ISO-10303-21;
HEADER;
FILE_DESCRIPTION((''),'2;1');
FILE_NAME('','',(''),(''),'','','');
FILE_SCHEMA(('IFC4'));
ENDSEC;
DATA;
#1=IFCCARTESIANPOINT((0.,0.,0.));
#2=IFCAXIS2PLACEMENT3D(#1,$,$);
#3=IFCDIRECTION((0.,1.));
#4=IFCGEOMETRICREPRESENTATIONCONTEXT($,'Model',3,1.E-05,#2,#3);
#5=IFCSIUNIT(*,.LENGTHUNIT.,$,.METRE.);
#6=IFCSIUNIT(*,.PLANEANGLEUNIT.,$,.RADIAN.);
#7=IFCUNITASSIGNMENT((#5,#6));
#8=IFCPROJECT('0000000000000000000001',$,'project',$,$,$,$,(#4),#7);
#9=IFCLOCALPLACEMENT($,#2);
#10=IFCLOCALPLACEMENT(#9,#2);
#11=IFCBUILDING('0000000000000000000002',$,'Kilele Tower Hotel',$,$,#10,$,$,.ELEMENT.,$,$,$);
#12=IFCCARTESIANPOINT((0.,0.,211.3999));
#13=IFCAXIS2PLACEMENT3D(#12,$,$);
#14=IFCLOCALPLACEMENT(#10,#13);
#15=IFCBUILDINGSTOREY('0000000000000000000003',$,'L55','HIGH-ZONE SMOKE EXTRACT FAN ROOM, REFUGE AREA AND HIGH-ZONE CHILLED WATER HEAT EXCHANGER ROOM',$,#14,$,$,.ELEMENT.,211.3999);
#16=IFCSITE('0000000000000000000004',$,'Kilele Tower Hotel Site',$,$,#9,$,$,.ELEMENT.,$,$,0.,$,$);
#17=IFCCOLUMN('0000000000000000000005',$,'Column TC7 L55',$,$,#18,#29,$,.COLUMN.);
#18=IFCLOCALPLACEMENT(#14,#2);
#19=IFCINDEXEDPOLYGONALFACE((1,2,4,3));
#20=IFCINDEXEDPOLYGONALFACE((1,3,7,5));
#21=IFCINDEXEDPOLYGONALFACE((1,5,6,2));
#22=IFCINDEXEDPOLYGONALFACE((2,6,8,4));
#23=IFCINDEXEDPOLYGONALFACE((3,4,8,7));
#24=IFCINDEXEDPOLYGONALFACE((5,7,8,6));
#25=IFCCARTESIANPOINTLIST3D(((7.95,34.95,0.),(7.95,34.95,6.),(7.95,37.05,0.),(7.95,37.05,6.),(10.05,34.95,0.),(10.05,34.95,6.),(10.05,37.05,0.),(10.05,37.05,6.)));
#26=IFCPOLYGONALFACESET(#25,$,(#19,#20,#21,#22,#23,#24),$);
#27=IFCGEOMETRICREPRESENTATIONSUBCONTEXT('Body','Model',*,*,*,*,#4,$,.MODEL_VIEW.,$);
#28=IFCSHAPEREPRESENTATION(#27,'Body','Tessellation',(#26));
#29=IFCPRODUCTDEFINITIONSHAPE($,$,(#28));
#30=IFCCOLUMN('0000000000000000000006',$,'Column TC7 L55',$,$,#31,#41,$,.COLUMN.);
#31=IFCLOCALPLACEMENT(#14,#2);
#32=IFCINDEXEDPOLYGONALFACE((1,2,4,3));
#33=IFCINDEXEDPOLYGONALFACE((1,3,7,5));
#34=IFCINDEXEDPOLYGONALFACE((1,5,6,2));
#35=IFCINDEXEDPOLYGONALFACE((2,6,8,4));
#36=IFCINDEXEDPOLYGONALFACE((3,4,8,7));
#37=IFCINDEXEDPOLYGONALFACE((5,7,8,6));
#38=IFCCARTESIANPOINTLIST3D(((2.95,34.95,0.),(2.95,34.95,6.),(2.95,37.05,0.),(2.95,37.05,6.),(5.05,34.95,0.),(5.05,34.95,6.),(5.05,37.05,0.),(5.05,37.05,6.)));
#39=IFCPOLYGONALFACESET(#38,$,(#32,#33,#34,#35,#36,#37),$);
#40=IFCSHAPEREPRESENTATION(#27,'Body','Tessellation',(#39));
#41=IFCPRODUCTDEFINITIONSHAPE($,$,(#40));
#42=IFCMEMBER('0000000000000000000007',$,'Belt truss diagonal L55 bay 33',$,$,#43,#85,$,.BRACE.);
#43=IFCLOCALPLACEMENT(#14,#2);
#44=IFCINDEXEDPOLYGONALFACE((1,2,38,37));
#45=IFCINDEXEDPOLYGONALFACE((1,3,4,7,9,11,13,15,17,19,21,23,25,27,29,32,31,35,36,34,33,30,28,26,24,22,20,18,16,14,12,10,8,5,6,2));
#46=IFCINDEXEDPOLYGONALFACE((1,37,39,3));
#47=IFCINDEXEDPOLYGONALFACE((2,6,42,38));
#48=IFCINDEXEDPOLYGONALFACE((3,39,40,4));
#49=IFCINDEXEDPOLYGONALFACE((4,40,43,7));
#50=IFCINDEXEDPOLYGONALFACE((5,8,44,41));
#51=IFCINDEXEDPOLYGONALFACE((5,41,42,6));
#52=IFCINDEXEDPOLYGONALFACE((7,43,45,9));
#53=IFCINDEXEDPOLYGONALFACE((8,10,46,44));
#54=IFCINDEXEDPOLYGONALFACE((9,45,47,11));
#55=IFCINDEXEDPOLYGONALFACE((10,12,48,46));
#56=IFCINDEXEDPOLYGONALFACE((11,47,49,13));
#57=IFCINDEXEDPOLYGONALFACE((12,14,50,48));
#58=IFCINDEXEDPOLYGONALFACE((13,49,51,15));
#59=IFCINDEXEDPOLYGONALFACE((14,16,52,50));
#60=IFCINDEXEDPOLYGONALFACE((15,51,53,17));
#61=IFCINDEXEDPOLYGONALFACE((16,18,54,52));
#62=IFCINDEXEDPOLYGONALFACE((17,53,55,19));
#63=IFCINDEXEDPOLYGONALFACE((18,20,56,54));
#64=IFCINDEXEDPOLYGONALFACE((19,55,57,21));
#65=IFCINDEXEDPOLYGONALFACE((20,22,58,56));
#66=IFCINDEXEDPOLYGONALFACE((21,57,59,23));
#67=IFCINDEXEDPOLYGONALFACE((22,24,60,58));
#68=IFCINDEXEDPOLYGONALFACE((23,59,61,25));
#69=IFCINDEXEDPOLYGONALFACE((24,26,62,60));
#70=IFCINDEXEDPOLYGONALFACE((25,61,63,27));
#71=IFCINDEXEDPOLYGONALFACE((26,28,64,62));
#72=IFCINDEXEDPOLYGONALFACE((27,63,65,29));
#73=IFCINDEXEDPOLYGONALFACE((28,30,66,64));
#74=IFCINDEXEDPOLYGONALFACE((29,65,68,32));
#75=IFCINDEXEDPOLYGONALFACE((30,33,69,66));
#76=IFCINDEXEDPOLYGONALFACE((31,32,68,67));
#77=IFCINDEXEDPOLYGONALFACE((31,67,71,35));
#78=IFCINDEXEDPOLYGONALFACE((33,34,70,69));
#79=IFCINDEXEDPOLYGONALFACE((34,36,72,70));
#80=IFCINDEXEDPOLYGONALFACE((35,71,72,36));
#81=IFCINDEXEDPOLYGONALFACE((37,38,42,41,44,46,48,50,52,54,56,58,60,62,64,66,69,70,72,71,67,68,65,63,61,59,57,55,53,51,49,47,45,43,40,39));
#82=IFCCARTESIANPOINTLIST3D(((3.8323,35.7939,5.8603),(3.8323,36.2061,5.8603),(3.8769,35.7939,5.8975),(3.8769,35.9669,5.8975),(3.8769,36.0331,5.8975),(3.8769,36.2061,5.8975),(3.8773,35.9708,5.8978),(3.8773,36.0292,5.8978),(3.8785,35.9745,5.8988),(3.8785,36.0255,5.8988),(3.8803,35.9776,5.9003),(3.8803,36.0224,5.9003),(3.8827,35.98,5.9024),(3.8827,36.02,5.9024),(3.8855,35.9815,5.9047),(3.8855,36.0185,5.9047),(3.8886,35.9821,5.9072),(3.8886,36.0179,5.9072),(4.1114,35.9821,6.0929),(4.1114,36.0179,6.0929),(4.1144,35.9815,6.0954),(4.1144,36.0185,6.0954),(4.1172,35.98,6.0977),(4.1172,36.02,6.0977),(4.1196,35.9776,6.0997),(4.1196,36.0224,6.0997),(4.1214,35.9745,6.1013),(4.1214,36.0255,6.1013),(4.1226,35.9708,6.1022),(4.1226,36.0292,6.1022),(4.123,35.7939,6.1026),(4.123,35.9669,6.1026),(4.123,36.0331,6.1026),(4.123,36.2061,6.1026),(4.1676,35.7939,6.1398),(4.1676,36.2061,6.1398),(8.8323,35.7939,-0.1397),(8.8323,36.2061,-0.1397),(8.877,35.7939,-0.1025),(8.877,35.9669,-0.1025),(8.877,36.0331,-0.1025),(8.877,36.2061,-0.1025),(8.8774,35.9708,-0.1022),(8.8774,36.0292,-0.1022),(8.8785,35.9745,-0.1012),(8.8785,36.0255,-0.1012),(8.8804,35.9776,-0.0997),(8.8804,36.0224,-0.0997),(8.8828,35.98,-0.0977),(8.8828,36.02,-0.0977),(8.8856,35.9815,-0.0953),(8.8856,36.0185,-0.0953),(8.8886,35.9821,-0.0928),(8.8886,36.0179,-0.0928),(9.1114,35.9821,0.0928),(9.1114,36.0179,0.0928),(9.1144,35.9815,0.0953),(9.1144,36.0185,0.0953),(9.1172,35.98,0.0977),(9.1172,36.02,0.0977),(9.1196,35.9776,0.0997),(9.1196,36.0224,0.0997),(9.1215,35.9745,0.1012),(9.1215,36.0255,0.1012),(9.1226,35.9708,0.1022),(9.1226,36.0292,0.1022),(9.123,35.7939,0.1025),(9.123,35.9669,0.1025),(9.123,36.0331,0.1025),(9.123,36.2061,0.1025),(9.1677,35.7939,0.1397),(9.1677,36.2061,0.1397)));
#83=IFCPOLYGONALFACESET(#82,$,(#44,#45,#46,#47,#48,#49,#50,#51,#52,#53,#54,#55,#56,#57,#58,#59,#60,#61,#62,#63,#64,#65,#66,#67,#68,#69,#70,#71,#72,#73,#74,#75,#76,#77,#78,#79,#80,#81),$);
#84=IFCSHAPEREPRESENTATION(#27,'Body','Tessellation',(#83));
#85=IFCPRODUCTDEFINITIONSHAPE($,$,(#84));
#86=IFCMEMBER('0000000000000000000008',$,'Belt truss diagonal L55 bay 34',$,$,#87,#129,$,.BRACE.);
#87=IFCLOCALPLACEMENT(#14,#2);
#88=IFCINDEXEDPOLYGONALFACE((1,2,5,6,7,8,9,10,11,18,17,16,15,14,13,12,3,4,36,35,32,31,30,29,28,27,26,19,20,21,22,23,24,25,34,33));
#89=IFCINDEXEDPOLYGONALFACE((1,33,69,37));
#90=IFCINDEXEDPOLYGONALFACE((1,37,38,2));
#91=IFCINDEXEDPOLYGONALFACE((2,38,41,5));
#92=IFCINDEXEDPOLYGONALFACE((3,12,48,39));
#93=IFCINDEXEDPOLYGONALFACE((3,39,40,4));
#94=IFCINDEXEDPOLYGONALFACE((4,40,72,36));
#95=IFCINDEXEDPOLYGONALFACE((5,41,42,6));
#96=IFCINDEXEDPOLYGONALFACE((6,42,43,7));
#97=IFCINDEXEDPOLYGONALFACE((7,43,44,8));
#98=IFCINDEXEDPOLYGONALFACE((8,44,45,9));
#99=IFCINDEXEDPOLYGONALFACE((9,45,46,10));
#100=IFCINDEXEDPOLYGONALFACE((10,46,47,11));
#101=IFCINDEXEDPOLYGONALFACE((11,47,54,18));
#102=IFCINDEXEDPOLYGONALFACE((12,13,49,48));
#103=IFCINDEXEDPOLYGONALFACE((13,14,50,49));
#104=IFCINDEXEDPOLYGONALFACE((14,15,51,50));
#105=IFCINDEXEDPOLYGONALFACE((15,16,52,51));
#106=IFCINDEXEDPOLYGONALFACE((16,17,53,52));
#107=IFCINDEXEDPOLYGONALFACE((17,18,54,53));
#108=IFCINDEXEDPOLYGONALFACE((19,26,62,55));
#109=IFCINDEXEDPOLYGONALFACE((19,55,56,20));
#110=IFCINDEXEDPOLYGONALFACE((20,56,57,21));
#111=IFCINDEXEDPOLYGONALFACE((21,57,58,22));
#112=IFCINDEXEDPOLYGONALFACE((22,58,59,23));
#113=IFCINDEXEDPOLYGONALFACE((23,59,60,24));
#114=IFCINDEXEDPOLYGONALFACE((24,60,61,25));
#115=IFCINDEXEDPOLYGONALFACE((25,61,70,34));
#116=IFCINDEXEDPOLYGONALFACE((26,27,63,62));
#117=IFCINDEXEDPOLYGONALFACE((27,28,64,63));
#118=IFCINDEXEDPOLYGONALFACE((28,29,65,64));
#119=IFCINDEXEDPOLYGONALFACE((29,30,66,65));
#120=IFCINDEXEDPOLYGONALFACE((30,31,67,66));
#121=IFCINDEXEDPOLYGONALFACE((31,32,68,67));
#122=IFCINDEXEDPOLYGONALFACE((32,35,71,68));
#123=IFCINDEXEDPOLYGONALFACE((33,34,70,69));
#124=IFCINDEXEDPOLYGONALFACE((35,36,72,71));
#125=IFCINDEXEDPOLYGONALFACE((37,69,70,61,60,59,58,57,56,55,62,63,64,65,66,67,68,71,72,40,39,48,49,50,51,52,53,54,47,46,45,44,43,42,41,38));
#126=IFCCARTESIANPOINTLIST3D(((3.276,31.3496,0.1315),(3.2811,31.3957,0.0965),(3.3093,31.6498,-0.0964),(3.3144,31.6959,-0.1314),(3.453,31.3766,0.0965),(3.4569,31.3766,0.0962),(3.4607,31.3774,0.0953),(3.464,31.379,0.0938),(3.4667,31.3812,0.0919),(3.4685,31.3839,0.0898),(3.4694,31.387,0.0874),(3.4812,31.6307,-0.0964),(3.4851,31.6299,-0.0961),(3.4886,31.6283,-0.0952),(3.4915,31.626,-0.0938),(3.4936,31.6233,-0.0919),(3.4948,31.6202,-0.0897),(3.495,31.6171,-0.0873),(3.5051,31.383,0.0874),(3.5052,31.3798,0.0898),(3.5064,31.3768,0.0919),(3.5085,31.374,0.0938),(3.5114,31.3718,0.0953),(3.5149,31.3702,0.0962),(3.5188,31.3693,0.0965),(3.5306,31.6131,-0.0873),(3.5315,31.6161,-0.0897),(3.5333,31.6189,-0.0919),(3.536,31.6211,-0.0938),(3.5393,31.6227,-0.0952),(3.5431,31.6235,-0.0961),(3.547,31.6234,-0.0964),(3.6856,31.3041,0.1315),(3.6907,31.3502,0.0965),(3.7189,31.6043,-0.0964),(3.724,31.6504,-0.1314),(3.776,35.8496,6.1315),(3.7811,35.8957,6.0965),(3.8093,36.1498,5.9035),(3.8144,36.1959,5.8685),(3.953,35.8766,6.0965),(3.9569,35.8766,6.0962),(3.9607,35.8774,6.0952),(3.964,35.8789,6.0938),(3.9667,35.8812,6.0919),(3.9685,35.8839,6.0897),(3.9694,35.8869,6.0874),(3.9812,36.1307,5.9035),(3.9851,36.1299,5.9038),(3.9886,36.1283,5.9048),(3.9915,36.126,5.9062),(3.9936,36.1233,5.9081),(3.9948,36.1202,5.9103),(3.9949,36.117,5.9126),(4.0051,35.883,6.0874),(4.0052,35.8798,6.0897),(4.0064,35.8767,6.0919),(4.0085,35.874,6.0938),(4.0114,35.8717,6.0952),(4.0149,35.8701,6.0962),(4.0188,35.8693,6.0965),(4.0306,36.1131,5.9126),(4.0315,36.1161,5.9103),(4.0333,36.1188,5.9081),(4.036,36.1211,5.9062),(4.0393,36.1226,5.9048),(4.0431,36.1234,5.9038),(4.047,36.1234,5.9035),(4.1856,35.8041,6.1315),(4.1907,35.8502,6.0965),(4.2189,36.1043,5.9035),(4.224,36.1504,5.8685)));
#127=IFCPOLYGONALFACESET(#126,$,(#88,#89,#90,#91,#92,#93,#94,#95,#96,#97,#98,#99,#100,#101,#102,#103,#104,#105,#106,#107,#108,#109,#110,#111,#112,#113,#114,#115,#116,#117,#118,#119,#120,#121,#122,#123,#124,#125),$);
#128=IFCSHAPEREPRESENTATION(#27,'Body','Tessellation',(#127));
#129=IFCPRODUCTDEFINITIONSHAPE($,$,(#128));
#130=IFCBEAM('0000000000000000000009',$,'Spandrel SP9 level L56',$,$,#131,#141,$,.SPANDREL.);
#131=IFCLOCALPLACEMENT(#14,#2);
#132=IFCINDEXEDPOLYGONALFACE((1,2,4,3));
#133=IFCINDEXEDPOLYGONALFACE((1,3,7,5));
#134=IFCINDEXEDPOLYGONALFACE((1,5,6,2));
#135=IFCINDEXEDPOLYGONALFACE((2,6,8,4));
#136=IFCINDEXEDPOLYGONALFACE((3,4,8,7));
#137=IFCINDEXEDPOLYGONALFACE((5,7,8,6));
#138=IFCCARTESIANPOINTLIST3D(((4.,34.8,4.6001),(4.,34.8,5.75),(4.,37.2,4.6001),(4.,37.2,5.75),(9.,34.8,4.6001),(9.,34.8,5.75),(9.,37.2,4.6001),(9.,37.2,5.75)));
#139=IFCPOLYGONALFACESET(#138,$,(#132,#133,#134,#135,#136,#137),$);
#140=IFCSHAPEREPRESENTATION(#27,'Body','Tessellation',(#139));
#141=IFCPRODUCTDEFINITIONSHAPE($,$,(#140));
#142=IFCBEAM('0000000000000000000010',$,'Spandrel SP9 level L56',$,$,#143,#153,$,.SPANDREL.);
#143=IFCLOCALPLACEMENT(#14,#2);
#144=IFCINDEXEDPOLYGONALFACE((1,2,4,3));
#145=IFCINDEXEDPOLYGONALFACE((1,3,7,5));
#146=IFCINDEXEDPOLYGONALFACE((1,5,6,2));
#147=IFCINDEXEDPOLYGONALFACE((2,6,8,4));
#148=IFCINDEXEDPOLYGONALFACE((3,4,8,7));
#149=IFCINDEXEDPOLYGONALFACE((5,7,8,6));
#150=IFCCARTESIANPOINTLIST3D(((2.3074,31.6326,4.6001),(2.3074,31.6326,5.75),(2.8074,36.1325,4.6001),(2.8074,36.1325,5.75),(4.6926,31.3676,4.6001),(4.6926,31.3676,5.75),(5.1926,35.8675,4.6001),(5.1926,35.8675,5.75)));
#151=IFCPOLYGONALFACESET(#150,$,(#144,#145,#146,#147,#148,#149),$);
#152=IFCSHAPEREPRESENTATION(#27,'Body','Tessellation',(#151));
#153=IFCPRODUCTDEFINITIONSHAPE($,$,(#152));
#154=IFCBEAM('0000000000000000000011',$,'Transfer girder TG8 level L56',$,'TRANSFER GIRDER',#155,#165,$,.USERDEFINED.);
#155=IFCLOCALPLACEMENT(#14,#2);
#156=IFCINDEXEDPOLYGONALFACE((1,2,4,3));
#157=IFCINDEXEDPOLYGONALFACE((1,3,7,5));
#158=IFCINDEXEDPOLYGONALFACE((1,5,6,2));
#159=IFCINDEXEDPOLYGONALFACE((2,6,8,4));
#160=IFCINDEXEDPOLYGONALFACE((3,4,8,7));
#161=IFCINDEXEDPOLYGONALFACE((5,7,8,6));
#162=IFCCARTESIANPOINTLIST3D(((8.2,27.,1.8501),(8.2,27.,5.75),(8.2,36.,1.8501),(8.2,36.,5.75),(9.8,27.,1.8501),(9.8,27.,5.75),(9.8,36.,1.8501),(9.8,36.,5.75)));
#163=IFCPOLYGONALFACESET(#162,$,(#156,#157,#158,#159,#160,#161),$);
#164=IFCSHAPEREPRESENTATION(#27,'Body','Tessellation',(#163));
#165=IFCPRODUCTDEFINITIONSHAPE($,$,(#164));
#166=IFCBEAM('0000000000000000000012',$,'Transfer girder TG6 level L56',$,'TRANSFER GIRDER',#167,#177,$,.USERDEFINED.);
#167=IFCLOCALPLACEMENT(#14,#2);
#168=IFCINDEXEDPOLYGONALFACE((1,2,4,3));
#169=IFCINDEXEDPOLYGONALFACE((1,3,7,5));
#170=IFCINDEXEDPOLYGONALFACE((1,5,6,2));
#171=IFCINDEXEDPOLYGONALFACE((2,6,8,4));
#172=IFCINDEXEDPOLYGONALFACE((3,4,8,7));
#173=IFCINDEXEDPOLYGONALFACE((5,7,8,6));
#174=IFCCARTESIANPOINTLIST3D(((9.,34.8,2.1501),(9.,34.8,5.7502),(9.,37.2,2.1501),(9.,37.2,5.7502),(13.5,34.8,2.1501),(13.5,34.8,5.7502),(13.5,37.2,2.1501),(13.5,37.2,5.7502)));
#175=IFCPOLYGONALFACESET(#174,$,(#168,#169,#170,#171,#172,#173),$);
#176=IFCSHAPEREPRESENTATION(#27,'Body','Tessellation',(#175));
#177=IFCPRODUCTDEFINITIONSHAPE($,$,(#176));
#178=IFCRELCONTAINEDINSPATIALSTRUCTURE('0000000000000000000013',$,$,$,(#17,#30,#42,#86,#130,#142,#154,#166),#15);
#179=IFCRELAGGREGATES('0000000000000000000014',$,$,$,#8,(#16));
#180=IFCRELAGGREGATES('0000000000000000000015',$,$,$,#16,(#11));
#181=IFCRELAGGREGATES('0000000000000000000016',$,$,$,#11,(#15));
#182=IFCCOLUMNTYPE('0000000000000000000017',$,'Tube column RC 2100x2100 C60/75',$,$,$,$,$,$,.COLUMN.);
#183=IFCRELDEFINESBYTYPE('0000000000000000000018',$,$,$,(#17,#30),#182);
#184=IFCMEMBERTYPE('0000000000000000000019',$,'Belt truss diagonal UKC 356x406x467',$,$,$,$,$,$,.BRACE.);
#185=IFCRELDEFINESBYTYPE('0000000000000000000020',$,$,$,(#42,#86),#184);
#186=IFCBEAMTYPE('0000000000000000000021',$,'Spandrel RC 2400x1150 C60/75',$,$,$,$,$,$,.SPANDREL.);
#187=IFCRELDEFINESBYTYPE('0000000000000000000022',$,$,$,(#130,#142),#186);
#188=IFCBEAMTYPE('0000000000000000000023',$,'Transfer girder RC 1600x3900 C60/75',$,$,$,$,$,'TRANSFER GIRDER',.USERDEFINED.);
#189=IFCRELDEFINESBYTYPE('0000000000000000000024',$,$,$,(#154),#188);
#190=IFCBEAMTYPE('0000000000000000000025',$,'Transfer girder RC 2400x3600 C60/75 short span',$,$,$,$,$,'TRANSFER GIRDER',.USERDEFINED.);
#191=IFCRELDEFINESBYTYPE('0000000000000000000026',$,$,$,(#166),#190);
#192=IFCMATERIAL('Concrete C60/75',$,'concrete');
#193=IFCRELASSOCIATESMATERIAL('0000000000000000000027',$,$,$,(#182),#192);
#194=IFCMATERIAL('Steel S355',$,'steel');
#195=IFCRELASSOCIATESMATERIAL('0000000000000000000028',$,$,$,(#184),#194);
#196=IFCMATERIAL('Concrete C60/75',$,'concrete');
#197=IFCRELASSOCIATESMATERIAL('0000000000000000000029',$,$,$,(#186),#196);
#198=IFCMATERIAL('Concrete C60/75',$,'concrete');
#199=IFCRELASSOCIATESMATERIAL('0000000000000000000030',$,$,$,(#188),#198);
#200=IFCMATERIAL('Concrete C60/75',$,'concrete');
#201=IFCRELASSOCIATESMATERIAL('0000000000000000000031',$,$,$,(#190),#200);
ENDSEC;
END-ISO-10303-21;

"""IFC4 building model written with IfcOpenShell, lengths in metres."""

from ifc_helpers import new_model, si_unit, direction, frame, origin, origin_2d, place, context, subcontext, project, spatial, rectangle, i_section, extrude, material, material_profile, profile_set, type_object, element, save


model = new_model("IFC4")

# Units and contexts
model_context = context("Model", 3, precision=1e-05, world=origin(), true_north=direction((0.0, 1.0)))
body_context = subcontext(model_context, "Body", "Model", "MODEL_VIEW")
ifc_project = project(units=[si_unit("LENGTHUNIT", "METRE"), si_unit("PLANEANGLEUNIT", "RADIAN")], contexts=[model_context])

# Site, building, storey
site_placement = place(None, origin())
site = spatial("IfcSite", under=ifc_project, at=site_placement, Name="Kilele Tower Hotel Site", CompositionType="ELEMENT", RefElevation=0.0)
building_placement = place(site_placement, origin())
building = spatial("IfcBuilding", under=site, at=building_placement, Name="Kilele Tower Hotel", CompositionType="ELEMENT")
storey_placement = place(building_placement, frame((0.0, 0.0, 211.3999)))
storey = spatial("IfcBuildingStorey", under=building, at=storey_placement, Name="L55", Description="HIGH-ZONE SMOKE EXTRACT FAN ROOM, REFUGE AREA AND HIGH-ZONE CHILLED WATER HEAT EXCHANGER ROOM", CompositionType="ELEMENT", Elevation=211.3999)

# Columns
ifc_material_1 = material(Name="Concrete C60/75", Category="concrete")
ifc_material_profile_1 = material_profile(ifc_material_1, rectangle(XDim=2.1001, YDim=2.1001, at=origin_2d()))
ifc_profile_set_1 = profile_set([ifc_material_profile_1], Name="Concrete C60/75")
column_type = type_object("IfcColumnType", Name="Tube column RC 2100x2100 C60/75", PredefinedType="COLUMN", material=ifc_profile_set_1)
for number, where, z_axis, x_axis, name in (
    (1, (9.0, 36.0, 0.0), (0.0, 0.0, 1.0), (1.0, 0.0, 0.0), "Column TC7 L55"),
    (2, (4.0, 36.0, 0.0), (0.0, 0.0, 1.0), (1.0, 0.0, 0.0), "Column TC7 L55"),
):
    element("IfcColumn", number, at=place(storey_placement, frame(where, z_axis=z_axis, x_axis=x_axis)), inside=storey, type_object=column_type, Name=name, PredefinedType="COLUMN", context=body_context, shape_type="SweptSolid", body=[
        extrude(rectangle(XDim=2.1001, YDim=2.1001, at=origin_2d()), origin(), (0.0, 0.0, 1.0), 6.0),
    ])

# Members
ifc_material_2 = material(Name="Steel S355", Category="steel")
ifc_material_profile_2 = material_profile(ifc_material_2, i_section(OverallWidth=0.4121, OverallDepth=0.4365, WebThickness=0.0359, FlangeThickness=0.0581, FilletRadius=0.0151, at=origin_2d()))
ifc_profile_set_2 = profile_set([ifc_material_profile_2], Name="Steel S355")
member_type = type_object("IfcMemberType", Name="Belt truss diagonal UKC 356x406x467", PredefinedType="BRACE", material=ifc_profile_set_2)
member_1_placement = place(storey_placement, frame((9.0, 36.0, 0.0), z_axis=(-0.640184, 0.0, 0.768221), x_axis=(0.0, -1.0, 0.0)))
element("IfcMember", 3, at=member_1_placement, inside=storey, type_object=member_type, Name="Belt truss diagonal L55 bay 33", PredefinedType="BRACE", context=body_context, shape_type="SweptSolid", body=[
    extrude(i_section(OverallWidth=0.4121, OverallDepth=0.4365, WebThickness=0.0359, FlangeThickness=0.0581, FilletRadius=0.0151, at=origin_2d()), origin(), (0.0, 0.0, 1.0), 7.8103),
])
member_2_placement = place(storey_placement, frame((4.0, 36.0, 6.0), z_axis=(-0.066519, -0.598671, -0.798228), x_axis=(0.993884, -0.110432, 0.0)))
element("IfcMember", 4, at=member_2_placement, inside=storey, type_object=member_type, Name="Belt truss diagonal L55 bay 34", PredefinedType="BRACE", context=body_context, shape_type="SweptSolid", body=[
    extrude(i_section(OverallWidth=0.4121, OverallDepth=0.4365, WebThickness=0.0359, FlangeThickness=0.0581, FilletRadius=0.0151, at=origin_2d()), origin(), (0.0, 0.0, 1.0), 7.5166),
])

# Beams
ifc_material_3 = material(Name="Concrete C60/75", Category="concrete")
ifc_material_profile_3 = material_profile(ifc_material_3, rectangle(XDim=2.3999, YDim=1.1499, at=origin_2d()))
ifc_profile_set_3 = profile_set([ifc_material_profile_3], Name="Concrete C60/75")
beam_type_1 = type_object("IfcBeamType", Name="Spandrel RC 2400x1150 C60/75", PredefinedType="SPANDREL", material=ifc_profile_set_3)
beam_1_placement = place(storey_placement, frame((9.0, 36.0, 5.175), z_axis=(-1.0, 0.0, 0.0), x_axis=(0.0, -1.0, 0.0)))
element("IfcBeam", 5, at=beam_1_placement, inside=storey, type_object=beam_type_1, Name="Spandrel SP9 level L56", PredefinedType="SPANDREL", context=body_context, shape_type="SweptSolid", body=[
    extrude(rectangle(XDim=2.3999, YDim=1.1499, at=origin_2d()), origin(), (0.0, 0.0, 1.0), 5.0),
])
beam_2_placement = place(storey_placement, frame((4.0, 36.0, 5.175), z_axis=(-0.110432, -0.993884, 0.0), x_axis=(0.993884, -0.110432, 0.0)))
element("IfcBeam", 6, at=beam_2_placement, inside=storey, type_object=beam_type_1, Name="Spandrel SP9 level L56", PredefinedType="SPANDREL", context=body_context, shape_type="SweptSolid", body=[
    extrude(rectangle(XDim=2.3999, YDim=1.1499, at=origin_2d()), origin(), (0.0, 0.0, 1.0), 4.5276),
])
ifc_material_4 = material(Name="Concrete C60/75", Category="concrete")
ifc_material_profile_4 = material_profile(ifc_material_4, rectangle(XDim=1.6001, YDim=3.8999, at=origin_2d()))
ifc_profile_set_4 = profile_set([ifc_material_profile_4], Name="Concrete C60/75")
beam_type_2 = type_object("IfcBeamType", Name="Transfer girder RC 1600x3900 C60/75", ElementType="TRANSFER GIRDER", PredefinedType="USERDEFINED", material=ifc_profile_set_4)
beam_3_placement = place(storey_placement, frame((9.0, 36.0, 3.8), z_axis=(0.0, -1.0, 0.0), x_axis=(1.0, 0.0, 0.0)))
element("IfcBeam", 7, at=beam_3_placement, inside=storey, type_object=beam_type_2, Name="Transfer girder TG8 level L56", ObjectType="TRANSFER GIRDER", PredefinedType="USERDEFINED", context=body_context, shape_type="SweptSolid", body=[
    extrude(rectangle(XDim=1.6001, YDim=3.8999, at=origin_2d()), origin(), (0.0, 0.0, 1.0), 9.0),
])
ifc_material_5 = material(Name="Concrete C60/75", Category="concrete")
ifc_material_profile_5 = material_profile(ifc_material_5, rectangle(XDim=2.3999, YDim=3.6001, at=origin_2d()))
ifc_profile_set_5 = profile_set([ifc_material_profile_5], Name="Concrete C60/75")
beam_type_3 = type_object("IfcBeamType", Name="Transfer girder RC 2400x3600 C60/75 short span", ElementType="TRANSFER GIRDER", PredefinedType="USERDEFINED", material=ifc_profile_set_5)
beam_4_placement = place(storey_placement, frame((9.0, 36.0, 3.9502), z_axis=(1.0, 0.0, 0.0), x_axis=(0.0, 1.0, 0.0)))
element("IfcBeam", 8, at=beam_4_placement, inside=storey, type_object=beam_type_3, Name="Transfer girder TG6 level L56", ObjectType="TRANSFER GIRDER", PredefinedType="USERDEFINED", context=body_context, shape_type="SweptSolid", body=[
    extrude(rectangle(XDim=2.3999, YDim=3.6001, at=origin_2d()), origin(), (0.0, 0.0, 1.0), 4.5),
])

save(model, "model.ifc")
